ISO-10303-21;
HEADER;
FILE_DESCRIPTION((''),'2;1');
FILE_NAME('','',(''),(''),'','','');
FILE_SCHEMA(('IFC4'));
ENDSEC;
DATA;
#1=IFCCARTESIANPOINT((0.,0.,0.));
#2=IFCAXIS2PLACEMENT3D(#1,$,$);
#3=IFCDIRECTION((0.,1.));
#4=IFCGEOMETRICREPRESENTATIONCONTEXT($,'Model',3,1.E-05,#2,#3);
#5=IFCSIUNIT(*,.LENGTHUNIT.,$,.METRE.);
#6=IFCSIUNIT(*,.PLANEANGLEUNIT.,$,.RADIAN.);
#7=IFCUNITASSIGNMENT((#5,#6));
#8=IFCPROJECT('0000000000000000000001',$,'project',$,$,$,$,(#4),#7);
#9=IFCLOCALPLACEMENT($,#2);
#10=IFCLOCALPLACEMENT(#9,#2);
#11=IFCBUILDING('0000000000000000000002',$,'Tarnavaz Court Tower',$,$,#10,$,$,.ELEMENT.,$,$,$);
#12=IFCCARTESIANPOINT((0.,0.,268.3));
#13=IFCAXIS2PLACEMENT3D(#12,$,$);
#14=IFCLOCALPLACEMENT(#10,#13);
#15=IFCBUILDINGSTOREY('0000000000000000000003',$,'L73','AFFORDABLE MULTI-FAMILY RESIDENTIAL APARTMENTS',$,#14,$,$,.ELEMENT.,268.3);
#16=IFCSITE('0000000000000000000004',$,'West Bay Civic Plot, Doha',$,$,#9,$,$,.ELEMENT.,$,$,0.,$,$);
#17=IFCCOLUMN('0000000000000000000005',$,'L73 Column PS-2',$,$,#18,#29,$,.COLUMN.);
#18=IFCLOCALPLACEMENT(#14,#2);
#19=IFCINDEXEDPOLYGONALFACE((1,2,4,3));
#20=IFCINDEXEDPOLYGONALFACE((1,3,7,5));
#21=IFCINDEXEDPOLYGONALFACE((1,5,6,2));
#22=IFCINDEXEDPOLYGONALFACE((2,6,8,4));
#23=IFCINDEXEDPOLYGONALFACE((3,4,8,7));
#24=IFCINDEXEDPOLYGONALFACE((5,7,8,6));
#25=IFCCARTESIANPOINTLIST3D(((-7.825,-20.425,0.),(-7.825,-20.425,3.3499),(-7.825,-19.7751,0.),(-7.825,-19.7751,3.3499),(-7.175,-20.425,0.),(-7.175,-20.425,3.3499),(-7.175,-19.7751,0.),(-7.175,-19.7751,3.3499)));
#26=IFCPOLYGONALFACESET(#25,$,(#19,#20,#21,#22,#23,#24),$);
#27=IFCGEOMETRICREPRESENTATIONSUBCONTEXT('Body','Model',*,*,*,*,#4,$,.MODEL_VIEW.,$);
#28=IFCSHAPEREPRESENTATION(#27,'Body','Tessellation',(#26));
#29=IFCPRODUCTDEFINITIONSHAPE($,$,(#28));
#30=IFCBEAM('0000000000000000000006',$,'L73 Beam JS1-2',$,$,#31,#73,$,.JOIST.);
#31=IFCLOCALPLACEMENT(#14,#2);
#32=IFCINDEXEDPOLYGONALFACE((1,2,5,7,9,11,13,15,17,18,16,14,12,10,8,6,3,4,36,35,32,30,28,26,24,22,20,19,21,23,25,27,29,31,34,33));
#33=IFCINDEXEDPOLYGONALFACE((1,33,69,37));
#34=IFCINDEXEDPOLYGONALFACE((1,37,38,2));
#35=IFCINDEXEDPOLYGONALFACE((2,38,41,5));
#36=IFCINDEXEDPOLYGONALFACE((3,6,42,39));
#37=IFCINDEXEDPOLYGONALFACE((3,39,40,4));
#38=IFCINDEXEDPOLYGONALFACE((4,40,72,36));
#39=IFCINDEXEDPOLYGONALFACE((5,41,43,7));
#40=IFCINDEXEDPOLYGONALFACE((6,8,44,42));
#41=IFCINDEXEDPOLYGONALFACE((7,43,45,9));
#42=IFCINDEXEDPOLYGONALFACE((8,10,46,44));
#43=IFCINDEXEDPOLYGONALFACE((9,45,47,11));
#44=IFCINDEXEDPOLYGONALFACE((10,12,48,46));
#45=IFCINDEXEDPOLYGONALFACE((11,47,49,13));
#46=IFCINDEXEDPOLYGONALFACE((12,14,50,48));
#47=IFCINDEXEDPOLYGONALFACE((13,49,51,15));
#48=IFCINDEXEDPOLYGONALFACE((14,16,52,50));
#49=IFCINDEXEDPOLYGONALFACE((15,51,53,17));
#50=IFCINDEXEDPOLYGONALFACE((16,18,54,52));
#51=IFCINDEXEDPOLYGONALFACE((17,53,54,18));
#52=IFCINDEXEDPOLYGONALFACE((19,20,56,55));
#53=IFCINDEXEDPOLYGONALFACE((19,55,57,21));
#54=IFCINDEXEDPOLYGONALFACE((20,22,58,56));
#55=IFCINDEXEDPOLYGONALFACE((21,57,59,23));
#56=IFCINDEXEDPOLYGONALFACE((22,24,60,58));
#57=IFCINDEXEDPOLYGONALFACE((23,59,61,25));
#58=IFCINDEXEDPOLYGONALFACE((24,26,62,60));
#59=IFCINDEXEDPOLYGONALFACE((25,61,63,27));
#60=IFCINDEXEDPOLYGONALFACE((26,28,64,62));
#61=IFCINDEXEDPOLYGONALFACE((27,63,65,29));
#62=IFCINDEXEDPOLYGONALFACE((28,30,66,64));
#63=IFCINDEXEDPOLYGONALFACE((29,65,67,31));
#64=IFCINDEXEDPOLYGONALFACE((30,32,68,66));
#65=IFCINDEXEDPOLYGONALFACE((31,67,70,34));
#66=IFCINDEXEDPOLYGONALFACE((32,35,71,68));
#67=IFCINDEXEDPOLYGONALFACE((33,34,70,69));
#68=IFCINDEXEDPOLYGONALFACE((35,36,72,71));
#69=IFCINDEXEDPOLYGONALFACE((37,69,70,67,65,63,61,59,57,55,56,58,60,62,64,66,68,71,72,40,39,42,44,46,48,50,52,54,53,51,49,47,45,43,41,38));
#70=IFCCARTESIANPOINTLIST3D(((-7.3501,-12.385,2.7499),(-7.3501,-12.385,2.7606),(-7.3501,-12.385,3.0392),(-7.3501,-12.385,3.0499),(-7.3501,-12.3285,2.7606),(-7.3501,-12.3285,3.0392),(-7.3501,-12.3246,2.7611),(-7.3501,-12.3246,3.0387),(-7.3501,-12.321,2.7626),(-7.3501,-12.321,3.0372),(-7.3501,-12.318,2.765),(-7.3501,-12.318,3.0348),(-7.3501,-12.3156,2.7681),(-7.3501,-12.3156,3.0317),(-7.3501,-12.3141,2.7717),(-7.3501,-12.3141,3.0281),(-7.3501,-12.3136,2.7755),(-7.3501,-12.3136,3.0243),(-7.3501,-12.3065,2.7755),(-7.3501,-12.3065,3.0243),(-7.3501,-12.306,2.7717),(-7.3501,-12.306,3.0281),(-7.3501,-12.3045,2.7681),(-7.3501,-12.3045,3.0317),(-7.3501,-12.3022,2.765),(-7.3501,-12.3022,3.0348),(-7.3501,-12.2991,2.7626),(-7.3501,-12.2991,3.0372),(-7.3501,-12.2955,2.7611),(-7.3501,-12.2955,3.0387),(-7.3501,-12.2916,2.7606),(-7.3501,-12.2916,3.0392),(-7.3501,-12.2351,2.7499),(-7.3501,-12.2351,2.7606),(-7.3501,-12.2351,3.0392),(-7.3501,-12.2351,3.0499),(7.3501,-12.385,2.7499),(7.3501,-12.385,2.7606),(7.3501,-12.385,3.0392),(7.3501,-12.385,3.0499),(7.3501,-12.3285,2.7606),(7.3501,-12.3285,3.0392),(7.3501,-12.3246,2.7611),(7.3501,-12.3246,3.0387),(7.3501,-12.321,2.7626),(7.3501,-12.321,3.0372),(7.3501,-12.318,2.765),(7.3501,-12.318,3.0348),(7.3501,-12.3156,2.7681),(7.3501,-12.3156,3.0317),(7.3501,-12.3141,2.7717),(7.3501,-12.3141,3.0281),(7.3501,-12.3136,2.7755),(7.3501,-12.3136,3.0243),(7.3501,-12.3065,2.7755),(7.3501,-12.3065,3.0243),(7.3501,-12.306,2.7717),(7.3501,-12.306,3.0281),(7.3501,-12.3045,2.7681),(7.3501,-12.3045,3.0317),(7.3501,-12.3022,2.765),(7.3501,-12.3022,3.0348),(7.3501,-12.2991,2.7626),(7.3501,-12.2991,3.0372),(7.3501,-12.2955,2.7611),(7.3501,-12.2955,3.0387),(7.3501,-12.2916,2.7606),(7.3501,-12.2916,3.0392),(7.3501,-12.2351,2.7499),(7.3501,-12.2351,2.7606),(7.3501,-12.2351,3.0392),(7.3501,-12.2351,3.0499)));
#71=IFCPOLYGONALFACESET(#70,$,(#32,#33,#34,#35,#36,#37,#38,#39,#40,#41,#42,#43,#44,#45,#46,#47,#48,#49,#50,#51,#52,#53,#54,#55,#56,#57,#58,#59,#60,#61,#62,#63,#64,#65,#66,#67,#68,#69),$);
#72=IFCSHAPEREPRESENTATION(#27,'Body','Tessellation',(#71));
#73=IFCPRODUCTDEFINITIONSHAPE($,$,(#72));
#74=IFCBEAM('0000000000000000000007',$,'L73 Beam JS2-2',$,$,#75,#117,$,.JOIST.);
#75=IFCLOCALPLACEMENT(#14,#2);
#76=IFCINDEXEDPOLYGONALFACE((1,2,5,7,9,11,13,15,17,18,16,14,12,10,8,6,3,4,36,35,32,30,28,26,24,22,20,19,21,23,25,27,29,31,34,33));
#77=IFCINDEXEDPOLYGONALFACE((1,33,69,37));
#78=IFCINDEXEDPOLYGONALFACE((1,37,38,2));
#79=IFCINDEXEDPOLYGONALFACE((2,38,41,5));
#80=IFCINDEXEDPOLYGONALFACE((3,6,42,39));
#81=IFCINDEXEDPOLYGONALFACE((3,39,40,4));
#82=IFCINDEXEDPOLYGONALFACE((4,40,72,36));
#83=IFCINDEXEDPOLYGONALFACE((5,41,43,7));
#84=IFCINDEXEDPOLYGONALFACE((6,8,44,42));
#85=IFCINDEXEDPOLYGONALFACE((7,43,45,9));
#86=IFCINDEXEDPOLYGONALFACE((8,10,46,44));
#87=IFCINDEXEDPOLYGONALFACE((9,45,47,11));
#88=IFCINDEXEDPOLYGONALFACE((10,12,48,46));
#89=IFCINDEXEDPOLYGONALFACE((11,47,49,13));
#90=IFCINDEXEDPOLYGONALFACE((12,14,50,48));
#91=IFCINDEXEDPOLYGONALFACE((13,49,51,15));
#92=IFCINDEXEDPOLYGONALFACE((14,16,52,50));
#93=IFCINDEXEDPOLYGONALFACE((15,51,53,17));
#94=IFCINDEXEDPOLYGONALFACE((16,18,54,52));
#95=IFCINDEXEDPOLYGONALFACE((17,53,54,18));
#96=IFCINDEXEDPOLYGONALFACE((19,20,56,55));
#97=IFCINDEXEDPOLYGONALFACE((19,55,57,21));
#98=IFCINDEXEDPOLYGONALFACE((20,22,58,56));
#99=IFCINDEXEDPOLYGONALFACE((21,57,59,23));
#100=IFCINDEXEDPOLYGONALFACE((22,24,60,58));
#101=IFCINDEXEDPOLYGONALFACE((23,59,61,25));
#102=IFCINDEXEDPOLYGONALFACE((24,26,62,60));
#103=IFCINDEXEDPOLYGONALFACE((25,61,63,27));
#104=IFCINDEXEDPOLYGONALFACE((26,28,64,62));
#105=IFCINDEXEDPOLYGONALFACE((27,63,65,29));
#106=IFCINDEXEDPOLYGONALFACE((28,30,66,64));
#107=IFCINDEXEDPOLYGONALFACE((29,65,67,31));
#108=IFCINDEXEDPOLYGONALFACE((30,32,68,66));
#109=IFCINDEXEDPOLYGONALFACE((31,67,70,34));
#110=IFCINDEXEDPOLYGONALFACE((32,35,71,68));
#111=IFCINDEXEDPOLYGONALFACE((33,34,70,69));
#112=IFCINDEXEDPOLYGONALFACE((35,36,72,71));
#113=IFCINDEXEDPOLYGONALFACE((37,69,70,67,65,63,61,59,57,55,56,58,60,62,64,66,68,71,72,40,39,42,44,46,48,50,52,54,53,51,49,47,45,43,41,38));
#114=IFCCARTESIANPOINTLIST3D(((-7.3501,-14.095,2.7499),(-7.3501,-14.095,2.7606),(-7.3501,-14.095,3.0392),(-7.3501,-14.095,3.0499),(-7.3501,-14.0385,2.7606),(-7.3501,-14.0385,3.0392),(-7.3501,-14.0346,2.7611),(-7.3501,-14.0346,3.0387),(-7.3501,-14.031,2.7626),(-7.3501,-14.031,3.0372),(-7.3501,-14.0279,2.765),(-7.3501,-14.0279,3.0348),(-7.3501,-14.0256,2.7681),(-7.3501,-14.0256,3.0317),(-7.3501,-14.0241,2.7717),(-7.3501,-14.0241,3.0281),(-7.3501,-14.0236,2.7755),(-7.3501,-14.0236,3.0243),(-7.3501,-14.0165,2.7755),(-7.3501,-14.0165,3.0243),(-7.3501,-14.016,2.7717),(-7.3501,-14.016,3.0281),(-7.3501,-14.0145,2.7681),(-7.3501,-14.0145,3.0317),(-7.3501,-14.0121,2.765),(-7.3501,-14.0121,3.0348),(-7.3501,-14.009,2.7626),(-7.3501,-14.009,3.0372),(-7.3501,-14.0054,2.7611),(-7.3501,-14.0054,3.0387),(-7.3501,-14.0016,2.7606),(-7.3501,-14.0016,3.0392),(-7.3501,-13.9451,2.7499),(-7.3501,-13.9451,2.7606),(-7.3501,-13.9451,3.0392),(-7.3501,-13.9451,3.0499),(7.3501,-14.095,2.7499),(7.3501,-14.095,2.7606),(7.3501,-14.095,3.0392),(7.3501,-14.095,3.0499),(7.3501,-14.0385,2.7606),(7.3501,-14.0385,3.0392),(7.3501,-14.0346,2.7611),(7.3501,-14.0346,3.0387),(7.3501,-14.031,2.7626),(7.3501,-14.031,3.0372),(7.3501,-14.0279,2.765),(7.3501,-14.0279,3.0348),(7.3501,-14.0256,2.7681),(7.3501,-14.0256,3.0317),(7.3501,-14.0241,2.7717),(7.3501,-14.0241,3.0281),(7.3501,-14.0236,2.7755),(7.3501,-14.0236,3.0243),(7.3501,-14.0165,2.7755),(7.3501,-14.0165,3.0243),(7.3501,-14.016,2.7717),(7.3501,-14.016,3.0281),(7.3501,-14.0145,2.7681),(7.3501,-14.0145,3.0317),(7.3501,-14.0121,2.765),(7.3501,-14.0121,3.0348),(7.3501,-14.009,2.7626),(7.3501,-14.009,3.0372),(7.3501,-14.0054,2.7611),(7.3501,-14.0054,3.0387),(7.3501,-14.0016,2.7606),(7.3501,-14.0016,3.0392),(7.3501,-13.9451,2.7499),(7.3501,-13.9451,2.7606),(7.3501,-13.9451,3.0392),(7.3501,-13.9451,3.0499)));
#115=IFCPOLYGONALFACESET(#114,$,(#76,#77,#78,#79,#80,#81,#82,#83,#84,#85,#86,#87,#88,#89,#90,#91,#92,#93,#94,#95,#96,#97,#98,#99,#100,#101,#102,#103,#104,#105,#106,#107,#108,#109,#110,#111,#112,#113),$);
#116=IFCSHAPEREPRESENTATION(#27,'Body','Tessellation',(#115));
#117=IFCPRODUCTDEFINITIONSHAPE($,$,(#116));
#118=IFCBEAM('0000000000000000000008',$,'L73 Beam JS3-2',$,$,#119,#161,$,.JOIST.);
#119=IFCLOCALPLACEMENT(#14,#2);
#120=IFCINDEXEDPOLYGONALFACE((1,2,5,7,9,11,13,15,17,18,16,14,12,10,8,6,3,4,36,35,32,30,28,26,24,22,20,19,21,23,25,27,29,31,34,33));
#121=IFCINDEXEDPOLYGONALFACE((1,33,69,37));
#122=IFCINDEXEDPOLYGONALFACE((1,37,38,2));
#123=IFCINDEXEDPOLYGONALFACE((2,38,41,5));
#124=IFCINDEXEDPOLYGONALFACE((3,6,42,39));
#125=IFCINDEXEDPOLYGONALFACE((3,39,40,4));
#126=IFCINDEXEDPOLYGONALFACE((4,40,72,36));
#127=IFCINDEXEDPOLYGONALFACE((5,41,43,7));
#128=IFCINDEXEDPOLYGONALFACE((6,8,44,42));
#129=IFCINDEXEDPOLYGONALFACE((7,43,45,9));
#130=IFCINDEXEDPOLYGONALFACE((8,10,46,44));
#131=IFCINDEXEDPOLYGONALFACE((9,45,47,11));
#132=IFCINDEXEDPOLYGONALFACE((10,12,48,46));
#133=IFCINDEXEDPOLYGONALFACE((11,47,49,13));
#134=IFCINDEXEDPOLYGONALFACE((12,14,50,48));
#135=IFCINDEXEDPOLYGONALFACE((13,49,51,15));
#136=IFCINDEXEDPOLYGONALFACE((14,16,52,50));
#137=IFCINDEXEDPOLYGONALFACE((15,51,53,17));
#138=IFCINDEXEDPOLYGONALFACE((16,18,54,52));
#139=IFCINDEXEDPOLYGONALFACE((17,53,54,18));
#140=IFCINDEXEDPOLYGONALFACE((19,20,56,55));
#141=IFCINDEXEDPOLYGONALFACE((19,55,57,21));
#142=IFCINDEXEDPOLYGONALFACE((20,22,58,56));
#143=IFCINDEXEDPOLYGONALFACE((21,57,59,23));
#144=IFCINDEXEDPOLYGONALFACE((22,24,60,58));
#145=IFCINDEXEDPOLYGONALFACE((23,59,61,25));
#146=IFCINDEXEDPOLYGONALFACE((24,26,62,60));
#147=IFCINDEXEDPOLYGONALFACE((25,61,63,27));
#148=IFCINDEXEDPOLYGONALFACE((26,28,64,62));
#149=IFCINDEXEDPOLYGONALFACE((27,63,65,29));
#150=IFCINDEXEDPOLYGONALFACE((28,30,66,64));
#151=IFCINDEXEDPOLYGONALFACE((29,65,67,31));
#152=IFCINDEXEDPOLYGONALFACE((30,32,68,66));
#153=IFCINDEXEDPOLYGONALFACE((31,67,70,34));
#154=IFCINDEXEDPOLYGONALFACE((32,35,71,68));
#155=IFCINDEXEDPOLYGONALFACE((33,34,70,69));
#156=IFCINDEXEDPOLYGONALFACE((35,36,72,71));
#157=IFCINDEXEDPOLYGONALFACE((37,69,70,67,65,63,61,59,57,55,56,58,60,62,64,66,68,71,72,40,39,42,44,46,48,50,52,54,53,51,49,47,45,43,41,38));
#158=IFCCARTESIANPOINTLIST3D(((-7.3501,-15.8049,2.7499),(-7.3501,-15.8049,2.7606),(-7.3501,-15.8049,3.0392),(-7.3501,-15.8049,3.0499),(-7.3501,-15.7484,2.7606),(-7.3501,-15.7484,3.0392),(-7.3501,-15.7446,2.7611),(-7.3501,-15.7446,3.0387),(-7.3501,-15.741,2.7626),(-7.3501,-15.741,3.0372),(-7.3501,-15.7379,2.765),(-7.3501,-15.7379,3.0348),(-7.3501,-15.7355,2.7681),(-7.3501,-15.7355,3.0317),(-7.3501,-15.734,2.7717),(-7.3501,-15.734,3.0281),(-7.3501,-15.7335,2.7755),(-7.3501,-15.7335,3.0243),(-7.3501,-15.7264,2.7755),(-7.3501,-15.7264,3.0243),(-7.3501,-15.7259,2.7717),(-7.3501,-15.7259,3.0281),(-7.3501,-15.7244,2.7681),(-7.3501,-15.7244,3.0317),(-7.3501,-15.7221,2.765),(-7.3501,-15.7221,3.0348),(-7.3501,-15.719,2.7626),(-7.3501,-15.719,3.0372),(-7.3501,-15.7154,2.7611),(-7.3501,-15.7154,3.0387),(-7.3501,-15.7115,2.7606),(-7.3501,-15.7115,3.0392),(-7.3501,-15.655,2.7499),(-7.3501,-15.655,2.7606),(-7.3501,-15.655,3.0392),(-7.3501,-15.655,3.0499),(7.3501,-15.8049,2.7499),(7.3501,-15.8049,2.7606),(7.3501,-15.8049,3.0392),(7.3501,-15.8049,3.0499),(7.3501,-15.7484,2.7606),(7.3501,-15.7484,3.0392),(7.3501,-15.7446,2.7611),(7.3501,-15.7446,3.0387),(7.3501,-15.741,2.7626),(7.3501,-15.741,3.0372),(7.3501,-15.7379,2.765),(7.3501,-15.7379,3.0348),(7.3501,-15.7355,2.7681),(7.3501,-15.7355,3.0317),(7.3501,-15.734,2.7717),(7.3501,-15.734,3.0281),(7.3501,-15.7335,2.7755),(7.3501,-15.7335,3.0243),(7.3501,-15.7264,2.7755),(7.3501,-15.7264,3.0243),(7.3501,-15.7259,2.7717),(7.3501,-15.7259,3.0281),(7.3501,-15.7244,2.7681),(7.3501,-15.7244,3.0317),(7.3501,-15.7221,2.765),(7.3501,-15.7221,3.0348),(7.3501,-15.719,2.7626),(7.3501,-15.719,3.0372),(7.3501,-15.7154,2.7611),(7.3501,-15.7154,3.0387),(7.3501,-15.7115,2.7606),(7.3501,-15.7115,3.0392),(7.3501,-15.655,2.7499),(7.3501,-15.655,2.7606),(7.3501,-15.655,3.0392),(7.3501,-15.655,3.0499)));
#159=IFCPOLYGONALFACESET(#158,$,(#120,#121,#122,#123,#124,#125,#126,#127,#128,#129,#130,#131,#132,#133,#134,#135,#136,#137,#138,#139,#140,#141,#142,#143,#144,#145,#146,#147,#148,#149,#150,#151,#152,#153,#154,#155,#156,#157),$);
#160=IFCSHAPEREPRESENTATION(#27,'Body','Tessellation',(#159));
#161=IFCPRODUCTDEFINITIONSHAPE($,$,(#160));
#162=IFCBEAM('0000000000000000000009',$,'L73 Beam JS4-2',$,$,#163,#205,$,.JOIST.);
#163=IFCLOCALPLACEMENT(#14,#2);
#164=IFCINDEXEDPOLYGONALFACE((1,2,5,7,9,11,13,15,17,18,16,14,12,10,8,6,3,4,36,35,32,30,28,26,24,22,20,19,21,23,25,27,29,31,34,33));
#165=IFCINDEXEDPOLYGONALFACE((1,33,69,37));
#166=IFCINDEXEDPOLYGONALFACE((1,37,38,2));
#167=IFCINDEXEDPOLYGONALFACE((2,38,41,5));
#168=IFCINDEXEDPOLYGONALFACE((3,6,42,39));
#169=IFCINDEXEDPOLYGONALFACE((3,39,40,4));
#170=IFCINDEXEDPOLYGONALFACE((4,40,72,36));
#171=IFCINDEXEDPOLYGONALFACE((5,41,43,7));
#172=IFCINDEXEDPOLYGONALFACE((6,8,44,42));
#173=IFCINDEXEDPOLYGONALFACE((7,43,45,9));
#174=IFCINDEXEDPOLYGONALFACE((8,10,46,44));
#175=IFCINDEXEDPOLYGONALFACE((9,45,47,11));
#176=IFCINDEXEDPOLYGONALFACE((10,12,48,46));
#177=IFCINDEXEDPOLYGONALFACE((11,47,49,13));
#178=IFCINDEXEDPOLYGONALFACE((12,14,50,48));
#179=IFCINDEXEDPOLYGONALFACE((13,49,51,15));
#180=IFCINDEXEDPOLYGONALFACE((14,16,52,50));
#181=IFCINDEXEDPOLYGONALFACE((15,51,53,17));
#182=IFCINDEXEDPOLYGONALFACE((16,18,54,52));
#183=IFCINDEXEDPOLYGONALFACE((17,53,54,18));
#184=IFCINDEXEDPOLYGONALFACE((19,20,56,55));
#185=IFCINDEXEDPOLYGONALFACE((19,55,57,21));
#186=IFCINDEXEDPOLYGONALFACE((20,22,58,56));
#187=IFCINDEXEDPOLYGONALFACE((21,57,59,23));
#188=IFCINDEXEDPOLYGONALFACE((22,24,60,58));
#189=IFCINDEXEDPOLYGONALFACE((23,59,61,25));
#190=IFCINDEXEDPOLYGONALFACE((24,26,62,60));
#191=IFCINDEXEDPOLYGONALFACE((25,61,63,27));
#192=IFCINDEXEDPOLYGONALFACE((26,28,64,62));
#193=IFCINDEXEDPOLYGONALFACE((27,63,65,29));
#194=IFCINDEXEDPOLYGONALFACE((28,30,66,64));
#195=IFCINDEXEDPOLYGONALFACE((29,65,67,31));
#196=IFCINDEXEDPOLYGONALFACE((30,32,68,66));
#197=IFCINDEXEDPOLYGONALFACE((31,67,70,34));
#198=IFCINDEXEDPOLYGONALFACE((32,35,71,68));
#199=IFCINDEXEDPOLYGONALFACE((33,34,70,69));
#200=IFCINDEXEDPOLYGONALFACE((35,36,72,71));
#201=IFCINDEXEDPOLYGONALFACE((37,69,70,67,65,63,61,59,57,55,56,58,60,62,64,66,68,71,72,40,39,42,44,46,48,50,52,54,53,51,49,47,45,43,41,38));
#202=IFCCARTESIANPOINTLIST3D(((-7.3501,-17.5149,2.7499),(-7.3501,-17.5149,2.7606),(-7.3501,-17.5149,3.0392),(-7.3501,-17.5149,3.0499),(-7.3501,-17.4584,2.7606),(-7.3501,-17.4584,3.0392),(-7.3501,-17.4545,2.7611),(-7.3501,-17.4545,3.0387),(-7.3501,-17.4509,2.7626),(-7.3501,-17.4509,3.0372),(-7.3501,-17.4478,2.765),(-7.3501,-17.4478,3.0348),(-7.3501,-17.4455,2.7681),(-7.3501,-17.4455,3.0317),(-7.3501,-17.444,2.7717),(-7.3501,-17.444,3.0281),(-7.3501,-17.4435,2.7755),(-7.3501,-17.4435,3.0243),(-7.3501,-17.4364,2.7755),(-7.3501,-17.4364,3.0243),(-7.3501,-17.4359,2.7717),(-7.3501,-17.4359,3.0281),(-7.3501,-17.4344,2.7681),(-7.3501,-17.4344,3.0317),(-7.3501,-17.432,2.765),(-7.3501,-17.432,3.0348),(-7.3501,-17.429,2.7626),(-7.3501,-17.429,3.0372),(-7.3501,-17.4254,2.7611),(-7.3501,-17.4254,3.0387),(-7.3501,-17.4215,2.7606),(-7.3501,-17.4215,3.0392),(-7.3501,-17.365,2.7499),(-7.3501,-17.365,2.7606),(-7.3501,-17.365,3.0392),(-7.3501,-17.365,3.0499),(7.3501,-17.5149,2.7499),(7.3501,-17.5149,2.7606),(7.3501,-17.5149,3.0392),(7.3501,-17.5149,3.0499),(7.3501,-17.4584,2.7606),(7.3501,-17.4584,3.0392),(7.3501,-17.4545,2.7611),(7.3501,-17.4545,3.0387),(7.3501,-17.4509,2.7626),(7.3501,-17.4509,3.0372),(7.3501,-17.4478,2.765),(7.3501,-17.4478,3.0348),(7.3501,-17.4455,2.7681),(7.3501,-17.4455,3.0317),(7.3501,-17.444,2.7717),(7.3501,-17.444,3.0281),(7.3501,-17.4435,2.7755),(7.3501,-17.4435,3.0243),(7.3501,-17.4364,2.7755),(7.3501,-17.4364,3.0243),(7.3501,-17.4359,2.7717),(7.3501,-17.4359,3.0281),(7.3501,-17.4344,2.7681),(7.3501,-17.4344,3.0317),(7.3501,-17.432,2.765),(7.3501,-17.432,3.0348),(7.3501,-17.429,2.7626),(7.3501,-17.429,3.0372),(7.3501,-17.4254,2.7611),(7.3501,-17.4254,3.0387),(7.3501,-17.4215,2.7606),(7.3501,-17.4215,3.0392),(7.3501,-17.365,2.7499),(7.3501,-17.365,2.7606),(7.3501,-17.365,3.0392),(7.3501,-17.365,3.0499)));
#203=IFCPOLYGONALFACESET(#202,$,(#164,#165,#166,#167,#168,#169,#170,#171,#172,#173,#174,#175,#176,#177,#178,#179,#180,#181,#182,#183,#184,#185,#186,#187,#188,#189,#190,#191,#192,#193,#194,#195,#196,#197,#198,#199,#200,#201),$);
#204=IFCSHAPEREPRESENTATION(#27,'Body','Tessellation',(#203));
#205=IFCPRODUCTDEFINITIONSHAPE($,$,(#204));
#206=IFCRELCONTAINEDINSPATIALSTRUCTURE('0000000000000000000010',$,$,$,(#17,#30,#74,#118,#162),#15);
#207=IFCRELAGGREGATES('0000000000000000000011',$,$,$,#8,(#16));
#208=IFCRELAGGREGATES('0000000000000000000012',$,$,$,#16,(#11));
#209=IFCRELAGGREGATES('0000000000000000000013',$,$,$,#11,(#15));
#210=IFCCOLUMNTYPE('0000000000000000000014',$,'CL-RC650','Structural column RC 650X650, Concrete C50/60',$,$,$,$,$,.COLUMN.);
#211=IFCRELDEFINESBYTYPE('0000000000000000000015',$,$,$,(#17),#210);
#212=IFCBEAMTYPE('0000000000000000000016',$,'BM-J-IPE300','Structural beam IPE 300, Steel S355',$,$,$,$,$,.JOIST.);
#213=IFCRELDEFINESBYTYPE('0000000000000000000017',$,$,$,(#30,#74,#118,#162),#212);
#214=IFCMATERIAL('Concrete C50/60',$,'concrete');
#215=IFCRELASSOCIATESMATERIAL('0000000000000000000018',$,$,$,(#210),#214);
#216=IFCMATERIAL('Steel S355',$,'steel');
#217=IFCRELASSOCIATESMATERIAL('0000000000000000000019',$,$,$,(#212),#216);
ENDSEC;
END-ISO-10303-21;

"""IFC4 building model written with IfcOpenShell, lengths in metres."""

from ifc_helpers import new_model, si_unit, direction, frame, origin, origin_2d, place, context, subcontext, project, spatial, rectangle, i_section, extrude, material, material_profile, profile_set, type_object, element, save


model = new_model("IFC4")

# Units and contexts
model_context = context("Model", 3, precision=1e-05, world=origin(), true_north=direction((0.0, 1.0)))
body_context = subcontext(model_context, "Body", "Model", "MODEL_VIEW")
ifc_project = project(units=[si_unit("LENGTHUNIT", "METRE"), si_unit("PLANEANGLEUNIT", "RADIAN")], contexts=[model_context])

# Site, building, storey
site_placement = place(None, origin())
site = spatial("IfcSite", under=ifc_project, at=site_placement, Name="West Bay Civic Plot, Doha", CompositionType="ELEMENT", RefElevation=0.0)
building_placement = place(site_placement, origin())
building = spatial("IfcBuilding", under=site, at=building_placement, Name="Tarnavaz Court Tower", CompositionType="ELEMENT")
storey_placement = place(building_placement, frame((0.0, 0.0, 268.3)))
storey = spatial("IfcBuildingStorey", under=building, at=storey_placement, Name="L73", Description="AFFORDABLE MULTI-FAMILY RESIDENTIAL APARTMENTS", CompositionType="ELEMENT", Elevation=268.3)

# Column
ifc_material_1 = material(Name="Concrete C50/60", Category="concrete")
ifc_material_profile_1 = material_profile(ifc_material_1, rectangle(XDim=0.6499, YDim=0.6499, at=origin_2d()), Name="RC 650X650")
ifc_profile_set_1 = profile_set([ifc_material_profile_1], Name="Concrete C50/60")
column_type = type_object("IfcColumnType", Name="CL-RC650", Description="Structural column RC 650X650, Concrete C50/60", PredefinedType="COLUMN", material=ifc_profile_set_1)
column_placement = place(storey_placement, frame((-7.5, -20.1001, 0.0), z_axis=(0.0, 0.0, 1.0), x_axis=(1.0, 0.0, 0.0)))
element("IfcColumn", 1, at=column_placement, inside=storey, type_object=column_type, Name="L73 Column PS-2", PredefinedType="COLUMN", context=body_context, shape_type="SweptSolid", body=[
    extrude(rectangle(XDim=0.6499, YDim=0.6499, at=origin_2d()), origin(), (0.0, 0.0, 1.0), 3.3499),
])

# Beams
ifc_material_2 = material(Name="Steel S355", Category="steel")
ifc_material_profile_2 = material_profile(ifc_material_2, i_section(OverallWidth=0.1499, OverallDepth=0.3, WebThickness=0.0071, FlangeThickness=0.0107, FilletRadius=0.0149, at=origin_2d()), Name="IPE 300")
ifc_profile_set_2 = profile_set([ifc_material_profile_2], Name="Steel S355")
beam_type_1 = type_object("IfcBeamType", Name="BM-J-IPE300", Description="Structural beam IPE 300, Steel S355", PredefinedType="JOIST", material=ifc_profile_set_2)
for number, where, z_axis, x_axis, name in (
    (2, (-7.3501, -12.3101, 2.8999), (1.0, 0.0, 0.0), (0.0, 1.0, 0.0), "L73 Beam JS1-2"),
    (3, (-7.3501, -14.02, 2.8999), (1.0, 0.0, 0.0), (0.0, 1.0, 0.0), "L73 Beam JS2-2"),
    (4, (-7.3501, -15.73, 2.8999), (1.0, 0.0, 0.0), (0.0, 1.0, 0.0), "L73 Beam JS3-2"),
    (5, (-7.3501, -17.4399, 2.8999), (1.0, 0.0, 0.0), (0.0, 1.0, 0.0), "L73 Beam JS4-2"),
):
    element("IfcBeam", number, at=place(storey_placement, frame(where, z_axis=z_axis, x_axis=x_axis)), inside=storey, type_object=beam_type_1, Name=name, PredefinedType="JOIST", context=body_context, shape_type="SweptSolid", body=[
        extrude(i_section(OverallWidth=0.1499, OverallDepth=0.3, WebThickness=0.0071, FlangeThickness=0.0107, FilletRadius=0.0149, at=origin_2d()), origin(), (0.0, 0.0, 1.0), 14.7002),
    ])

save(model, "model.ifc")
